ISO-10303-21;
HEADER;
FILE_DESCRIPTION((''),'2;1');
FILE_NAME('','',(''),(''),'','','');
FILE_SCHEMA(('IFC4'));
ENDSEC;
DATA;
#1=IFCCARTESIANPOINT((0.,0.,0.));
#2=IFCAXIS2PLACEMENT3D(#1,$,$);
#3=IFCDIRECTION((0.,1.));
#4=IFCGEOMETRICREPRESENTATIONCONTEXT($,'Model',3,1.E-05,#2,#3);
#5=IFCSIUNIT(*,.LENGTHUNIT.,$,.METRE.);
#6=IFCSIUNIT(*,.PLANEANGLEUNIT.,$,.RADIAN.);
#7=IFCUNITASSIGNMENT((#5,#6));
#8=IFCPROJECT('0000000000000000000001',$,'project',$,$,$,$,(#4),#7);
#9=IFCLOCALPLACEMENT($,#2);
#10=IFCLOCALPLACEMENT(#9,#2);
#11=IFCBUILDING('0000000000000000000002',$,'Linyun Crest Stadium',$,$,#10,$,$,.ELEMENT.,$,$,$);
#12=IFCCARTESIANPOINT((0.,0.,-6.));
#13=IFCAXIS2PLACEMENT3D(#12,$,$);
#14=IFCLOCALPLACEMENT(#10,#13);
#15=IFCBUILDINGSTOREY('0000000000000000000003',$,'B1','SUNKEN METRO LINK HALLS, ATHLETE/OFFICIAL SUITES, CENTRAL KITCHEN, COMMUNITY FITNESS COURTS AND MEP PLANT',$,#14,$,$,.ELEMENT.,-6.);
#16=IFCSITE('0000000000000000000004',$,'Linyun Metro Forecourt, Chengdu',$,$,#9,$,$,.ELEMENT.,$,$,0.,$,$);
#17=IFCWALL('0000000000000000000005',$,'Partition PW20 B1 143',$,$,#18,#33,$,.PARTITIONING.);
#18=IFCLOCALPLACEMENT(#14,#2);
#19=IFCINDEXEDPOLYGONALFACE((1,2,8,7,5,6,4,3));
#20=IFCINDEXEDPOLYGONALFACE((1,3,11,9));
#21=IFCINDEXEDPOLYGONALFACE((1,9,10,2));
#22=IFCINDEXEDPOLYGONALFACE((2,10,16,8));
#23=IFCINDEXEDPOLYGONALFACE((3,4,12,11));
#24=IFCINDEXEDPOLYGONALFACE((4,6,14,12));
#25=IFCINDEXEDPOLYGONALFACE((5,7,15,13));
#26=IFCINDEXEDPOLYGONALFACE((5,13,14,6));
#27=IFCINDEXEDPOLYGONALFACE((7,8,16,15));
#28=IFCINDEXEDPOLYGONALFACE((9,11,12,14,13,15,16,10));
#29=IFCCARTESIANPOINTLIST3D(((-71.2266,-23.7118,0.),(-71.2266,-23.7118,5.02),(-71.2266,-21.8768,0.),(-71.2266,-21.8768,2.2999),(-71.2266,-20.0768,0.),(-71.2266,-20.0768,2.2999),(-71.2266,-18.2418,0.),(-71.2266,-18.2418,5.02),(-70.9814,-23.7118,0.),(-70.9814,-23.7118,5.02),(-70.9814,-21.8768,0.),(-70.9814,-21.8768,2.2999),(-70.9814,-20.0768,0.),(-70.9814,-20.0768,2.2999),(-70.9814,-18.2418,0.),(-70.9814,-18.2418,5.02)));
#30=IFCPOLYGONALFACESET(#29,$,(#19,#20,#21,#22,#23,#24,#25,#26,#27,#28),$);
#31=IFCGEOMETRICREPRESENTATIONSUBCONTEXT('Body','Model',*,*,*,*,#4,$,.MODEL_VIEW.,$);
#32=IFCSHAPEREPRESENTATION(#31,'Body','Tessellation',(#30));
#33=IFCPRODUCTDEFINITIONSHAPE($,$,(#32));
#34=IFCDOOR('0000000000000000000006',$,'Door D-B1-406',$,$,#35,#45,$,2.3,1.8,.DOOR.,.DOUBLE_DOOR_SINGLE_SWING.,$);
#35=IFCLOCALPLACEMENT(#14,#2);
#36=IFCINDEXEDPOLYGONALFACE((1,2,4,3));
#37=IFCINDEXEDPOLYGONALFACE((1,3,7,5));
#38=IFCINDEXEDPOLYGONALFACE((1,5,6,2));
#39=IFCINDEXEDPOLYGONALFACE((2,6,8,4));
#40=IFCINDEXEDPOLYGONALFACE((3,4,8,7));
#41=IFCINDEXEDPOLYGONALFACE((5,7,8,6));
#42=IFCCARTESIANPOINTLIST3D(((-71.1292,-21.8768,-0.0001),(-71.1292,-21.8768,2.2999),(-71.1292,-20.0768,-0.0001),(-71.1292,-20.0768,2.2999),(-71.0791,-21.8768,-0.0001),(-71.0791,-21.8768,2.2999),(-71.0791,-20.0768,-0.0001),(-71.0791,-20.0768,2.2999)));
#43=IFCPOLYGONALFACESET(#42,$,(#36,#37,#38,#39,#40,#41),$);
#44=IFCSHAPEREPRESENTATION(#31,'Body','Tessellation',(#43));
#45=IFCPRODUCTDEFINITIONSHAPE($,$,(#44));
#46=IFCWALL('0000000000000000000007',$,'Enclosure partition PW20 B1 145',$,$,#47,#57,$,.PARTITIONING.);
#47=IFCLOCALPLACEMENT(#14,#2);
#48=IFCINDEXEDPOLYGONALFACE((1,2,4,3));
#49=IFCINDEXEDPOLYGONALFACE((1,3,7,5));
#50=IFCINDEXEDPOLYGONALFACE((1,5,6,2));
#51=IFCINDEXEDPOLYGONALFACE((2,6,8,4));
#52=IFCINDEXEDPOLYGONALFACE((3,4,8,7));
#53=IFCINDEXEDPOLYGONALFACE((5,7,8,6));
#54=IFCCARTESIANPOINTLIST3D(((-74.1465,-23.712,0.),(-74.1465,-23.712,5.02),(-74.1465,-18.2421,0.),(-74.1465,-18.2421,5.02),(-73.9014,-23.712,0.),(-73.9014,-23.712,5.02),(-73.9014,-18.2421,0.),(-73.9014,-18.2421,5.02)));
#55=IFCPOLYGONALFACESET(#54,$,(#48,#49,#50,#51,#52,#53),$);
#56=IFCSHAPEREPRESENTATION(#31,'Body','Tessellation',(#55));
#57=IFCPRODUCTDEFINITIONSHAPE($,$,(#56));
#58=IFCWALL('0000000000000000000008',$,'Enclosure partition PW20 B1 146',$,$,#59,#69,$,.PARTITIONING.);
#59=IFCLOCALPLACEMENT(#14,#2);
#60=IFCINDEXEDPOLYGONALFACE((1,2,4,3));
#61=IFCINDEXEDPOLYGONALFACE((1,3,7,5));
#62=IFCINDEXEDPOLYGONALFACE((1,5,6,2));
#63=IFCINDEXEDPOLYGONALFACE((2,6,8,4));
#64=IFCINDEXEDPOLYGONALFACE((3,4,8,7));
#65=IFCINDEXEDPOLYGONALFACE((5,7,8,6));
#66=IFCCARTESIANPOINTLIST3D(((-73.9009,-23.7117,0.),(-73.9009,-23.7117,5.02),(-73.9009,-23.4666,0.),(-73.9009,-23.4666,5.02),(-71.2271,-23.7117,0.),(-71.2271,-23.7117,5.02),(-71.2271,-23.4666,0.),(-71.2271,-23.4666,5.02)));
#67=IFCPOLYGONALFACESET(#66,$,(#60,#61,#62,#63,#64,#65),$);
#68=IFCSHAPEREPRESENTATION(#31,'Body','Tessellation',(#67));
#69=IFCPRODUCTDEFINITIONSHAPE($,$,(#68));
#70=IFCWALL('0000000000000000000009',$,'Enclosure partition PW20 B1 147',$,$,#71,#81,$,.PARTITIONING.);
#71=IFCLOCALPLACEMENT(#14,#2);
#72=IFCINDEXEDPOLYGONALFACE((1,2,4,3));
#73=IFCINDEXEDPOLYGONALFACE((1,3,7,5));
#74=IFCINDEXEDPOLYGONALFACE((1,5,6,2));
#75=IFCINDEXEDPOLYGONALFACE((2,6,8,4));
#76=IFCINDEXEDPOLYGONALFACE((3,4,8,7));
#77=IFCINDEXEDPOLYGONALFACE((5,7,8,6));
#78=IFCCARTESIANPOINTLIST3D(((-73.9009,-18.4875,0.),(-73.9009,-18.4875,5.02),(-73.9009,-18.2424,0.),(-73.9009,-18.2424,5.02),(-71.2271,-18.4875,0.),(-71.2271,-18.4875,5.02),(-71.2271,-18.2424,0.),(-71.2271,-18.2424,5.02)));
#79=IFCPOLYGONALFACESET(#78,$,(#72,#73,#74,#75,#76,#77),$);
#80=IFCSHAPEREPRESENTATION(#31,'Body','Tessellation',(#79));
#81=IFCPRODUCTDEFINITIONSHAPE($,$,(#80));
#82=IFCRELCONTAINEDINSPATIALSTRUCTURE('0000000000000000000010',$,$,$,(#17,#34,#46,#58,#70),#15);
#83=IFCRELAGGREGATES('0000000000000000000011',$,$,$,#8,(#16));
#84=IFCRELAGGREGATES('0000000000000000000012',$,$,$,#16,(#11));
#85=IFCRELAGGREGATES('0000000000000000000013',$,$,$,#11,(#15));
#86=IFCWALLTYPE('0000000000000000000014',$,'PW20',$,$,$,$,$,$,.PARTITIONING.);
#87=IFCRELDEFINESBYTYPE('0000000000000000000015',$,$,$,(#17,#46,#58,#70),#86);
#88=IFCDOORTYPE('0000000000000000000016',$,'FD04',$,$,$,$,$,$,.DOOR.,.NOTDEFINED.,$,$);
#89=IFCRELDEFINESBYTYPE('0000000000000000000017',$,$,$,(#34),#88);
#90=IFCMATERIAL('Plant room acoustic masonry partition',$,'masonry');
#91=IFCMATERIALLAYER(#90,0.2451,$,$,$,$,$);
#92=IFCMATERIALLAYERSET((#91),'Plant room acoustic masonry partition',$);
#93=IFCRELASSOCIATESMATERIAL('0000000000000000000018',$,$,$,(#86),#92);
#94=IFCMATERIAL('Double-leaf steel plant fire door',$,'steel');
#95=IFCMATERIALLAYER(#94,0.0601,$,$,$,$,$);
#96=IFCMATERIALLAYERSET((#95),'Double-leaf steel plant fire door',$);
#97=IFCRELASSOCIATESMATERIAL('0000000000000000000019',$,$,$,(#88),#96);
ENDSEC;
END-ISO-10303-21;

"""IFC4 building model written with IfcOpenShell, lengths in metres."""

from ifc_helpers import new_model, si_unit, direction, frame, frame_2d, origin, place, context, subcontext, project, spatial, rectangle, extrude, material, layer, layer_set, type_object, element, fill, save


model = new_model("IFC4")

# Units and contexts
model_context = context("Model", 3, precision=1e-05, world=origin(), true_north=direction((0.0, 1.0)))
body_context = subcontext(model_context, "Body", "Model", "MODEL_VIEW")
ifc_project = project(units=[si_unit("LENGTHUNIT", "METRE"), si_unit("PLANEANGLEUNIT", "RADIAN")], contexts=[model_context])

# Site, building, storey
site_placement = place(None, origin())
site = spatial("IfcSite", under=ifc_project, at=site_placement, Name="Linyun Metro Forecourt, Chengdu", CompositionType="ELEMENT", RefElevation=0.0)
building_placement = place(site_placement, origin())
building = spatial("IfcBuilding", under=site, at=building_placement, Name="Linyun Crest Stadium", CompositionType="ELEMENT")
storey_placement = place(building_placement, frame((0.0, 0.0, -6.0)))
storey = spatial("IfcBuildingStorey", under=building, at=storey_placement, Name="B1", Description="SUNKEN METRO LINK HALLS, ATHLETE/OFFICIAL SUITES, CENTRAL KITCHEN, COMMUNITY FITNESS COURTS AND MEP PLANT", CompositionType="ELEMENT", Elevation=-6.0)

# Wall, opening, door
ifc_material_1 = material(Name="Plant room acoustic masonry partition", Category="masonry")
ifc_layer_1 = layer(ifc_material_1, 0.2451)
ifc_layer_set_1 = layer_set([ifc_layer_1], Name="Plant room acoustic masonry partition")
wall_type_1 = type_object("IfcWallType", Name="PW20", PredefinedType="PARTITIONING", material=ifc_layer_set_1)
wall_1_placement = place(storey_placement, frame((-71.104, -18.2419, 0.0), z_axis=(0.0, 0.0, 1.0), x_axis=(0.0, -1.0, 0.0)))
wall_1 = element("IfcWall", 1, at=wall_1_placement, inside=storey, type_object=wall_type_1, Name="Partition PW20 B1 143", PredefinedType="PARTITIONING", context=body_context, shape_type="SweptSolid", body=[
    extrude(rectangle(XDim=5.47, YDim=0.2451, at=frame_2d((2.7349, 0.0))), origin(), (0.0, 0.0, 1.0), 5.02),
])
opening_1_placement = place(wall_1_placement, frame((1.835, 0.0, 0.0)))
opening_1 = element("IfcOpeningElement", 2, at=opening_1_placement, cuts=wall_1, PredefinedType="OPENING", context=body_context, shape_type="SweptSolid", body=[
    extrude(rectangle(XDim=1.8, YDim=2.3, at=frame_2d((0.8999, 1.1499))), frame((0.0, 0.1326, 0.0), z_axis=(0.0, -1.0, 0.0), x_axis=(1.0, 0.0, 0.0)), (0.0, 0.0, 1.0), 0.2651),
])
ifc_material_2 = material(Name="Double-leaf steel plant fire door", Category="steel")
ifc_layer_2 = layer(ifc_material_2, 0.0601)
ifc_layer_set_2 = layer_set([ifc_layer_2], Name="Double-leaf steel plant fire door")
door_type_1 = type_object("IfcDoorType", Name="FD04", OperationType="NOTDEFINED", PredefinedType="DOOR", material=ifc_layer_set_2)
door_1_placement = place(opening_1_placement, origin())
door_1 = element("IfcDoor", 3, at=door_1_placement, inside=storey, type_object=door_type_1, Name="Door D-B1-406", OperationType="DOUBLE_DOOR_SINGLE_SWING", OverallHeight=2.3, OverallWidth=1.8, PredefinedType="DOOR", context=body_context, shape_type="SweptSolid", body=[
    extrude(rectangle(XDim=1.8, YDim=2.3, at=frame_2d((0.8999, 1.1499))), frame((0.0, 0.0249, 0.0), z_axis=(0.0, -1.0, 0.0), x_axis=(1.0, 0.0, 0.0)), (0.0, 0.0, 1.0), 0.05),
])
fill(opening_1, door_1)

# Walls
wall_2_placement = place(storey_placement, frame((-74.0239, -23.7119, 0.0), z_axis=(0.0, 0.0, 1.0), x_axis=(0.0, 1.0, 0.0)))
element("IfcWall", 4, at=wall_2_placement, inside=storey, type_object=wall_type_1, Name="Enclosure partition PW20 B1 145", PredefinedType="PARTITIONING", context=body_context, shape_type="SweptSolid", body=[
    extrude(rectangle(XDim=5.47, YDim=0.2451, at=frame_2d((2.7349, 0.0))), origin(), (0.0, 0.0, 1.0), 5.02),
])
for number, where, z_axis, x_axis, name in (
    (5, (-73.9009, -23.5891, 0.0), (0.0, 0.0, 1.0), (1.0, 0.0, 0.0), "Enclosure partition PW20 B1 146"),
    (6, (-73.9009, -18.365, 0.0), (0.0, 0.0, 1.0), (1.0, 0.0, 0.0), "Enclosure partition PW20 B1 147"),
):
    element("IfcWall", number, at=place(storey_placement, frame(where, z_axis=z_axis, x_axis=x_axis)), inside=storey, type_object=wall_type_1, Name=name, PredefinedType="PARTITIONING", context=body_context, shape_type="SweptSolid", body=[
        extrude(rectangle(XDim=2.6738, YDim=0.2451, at=frame_2d((1.3369, 0.0))), origin(), (0.0, 0.0, 1.0), 5.02),
    ])

save(model, "model.ifc")
